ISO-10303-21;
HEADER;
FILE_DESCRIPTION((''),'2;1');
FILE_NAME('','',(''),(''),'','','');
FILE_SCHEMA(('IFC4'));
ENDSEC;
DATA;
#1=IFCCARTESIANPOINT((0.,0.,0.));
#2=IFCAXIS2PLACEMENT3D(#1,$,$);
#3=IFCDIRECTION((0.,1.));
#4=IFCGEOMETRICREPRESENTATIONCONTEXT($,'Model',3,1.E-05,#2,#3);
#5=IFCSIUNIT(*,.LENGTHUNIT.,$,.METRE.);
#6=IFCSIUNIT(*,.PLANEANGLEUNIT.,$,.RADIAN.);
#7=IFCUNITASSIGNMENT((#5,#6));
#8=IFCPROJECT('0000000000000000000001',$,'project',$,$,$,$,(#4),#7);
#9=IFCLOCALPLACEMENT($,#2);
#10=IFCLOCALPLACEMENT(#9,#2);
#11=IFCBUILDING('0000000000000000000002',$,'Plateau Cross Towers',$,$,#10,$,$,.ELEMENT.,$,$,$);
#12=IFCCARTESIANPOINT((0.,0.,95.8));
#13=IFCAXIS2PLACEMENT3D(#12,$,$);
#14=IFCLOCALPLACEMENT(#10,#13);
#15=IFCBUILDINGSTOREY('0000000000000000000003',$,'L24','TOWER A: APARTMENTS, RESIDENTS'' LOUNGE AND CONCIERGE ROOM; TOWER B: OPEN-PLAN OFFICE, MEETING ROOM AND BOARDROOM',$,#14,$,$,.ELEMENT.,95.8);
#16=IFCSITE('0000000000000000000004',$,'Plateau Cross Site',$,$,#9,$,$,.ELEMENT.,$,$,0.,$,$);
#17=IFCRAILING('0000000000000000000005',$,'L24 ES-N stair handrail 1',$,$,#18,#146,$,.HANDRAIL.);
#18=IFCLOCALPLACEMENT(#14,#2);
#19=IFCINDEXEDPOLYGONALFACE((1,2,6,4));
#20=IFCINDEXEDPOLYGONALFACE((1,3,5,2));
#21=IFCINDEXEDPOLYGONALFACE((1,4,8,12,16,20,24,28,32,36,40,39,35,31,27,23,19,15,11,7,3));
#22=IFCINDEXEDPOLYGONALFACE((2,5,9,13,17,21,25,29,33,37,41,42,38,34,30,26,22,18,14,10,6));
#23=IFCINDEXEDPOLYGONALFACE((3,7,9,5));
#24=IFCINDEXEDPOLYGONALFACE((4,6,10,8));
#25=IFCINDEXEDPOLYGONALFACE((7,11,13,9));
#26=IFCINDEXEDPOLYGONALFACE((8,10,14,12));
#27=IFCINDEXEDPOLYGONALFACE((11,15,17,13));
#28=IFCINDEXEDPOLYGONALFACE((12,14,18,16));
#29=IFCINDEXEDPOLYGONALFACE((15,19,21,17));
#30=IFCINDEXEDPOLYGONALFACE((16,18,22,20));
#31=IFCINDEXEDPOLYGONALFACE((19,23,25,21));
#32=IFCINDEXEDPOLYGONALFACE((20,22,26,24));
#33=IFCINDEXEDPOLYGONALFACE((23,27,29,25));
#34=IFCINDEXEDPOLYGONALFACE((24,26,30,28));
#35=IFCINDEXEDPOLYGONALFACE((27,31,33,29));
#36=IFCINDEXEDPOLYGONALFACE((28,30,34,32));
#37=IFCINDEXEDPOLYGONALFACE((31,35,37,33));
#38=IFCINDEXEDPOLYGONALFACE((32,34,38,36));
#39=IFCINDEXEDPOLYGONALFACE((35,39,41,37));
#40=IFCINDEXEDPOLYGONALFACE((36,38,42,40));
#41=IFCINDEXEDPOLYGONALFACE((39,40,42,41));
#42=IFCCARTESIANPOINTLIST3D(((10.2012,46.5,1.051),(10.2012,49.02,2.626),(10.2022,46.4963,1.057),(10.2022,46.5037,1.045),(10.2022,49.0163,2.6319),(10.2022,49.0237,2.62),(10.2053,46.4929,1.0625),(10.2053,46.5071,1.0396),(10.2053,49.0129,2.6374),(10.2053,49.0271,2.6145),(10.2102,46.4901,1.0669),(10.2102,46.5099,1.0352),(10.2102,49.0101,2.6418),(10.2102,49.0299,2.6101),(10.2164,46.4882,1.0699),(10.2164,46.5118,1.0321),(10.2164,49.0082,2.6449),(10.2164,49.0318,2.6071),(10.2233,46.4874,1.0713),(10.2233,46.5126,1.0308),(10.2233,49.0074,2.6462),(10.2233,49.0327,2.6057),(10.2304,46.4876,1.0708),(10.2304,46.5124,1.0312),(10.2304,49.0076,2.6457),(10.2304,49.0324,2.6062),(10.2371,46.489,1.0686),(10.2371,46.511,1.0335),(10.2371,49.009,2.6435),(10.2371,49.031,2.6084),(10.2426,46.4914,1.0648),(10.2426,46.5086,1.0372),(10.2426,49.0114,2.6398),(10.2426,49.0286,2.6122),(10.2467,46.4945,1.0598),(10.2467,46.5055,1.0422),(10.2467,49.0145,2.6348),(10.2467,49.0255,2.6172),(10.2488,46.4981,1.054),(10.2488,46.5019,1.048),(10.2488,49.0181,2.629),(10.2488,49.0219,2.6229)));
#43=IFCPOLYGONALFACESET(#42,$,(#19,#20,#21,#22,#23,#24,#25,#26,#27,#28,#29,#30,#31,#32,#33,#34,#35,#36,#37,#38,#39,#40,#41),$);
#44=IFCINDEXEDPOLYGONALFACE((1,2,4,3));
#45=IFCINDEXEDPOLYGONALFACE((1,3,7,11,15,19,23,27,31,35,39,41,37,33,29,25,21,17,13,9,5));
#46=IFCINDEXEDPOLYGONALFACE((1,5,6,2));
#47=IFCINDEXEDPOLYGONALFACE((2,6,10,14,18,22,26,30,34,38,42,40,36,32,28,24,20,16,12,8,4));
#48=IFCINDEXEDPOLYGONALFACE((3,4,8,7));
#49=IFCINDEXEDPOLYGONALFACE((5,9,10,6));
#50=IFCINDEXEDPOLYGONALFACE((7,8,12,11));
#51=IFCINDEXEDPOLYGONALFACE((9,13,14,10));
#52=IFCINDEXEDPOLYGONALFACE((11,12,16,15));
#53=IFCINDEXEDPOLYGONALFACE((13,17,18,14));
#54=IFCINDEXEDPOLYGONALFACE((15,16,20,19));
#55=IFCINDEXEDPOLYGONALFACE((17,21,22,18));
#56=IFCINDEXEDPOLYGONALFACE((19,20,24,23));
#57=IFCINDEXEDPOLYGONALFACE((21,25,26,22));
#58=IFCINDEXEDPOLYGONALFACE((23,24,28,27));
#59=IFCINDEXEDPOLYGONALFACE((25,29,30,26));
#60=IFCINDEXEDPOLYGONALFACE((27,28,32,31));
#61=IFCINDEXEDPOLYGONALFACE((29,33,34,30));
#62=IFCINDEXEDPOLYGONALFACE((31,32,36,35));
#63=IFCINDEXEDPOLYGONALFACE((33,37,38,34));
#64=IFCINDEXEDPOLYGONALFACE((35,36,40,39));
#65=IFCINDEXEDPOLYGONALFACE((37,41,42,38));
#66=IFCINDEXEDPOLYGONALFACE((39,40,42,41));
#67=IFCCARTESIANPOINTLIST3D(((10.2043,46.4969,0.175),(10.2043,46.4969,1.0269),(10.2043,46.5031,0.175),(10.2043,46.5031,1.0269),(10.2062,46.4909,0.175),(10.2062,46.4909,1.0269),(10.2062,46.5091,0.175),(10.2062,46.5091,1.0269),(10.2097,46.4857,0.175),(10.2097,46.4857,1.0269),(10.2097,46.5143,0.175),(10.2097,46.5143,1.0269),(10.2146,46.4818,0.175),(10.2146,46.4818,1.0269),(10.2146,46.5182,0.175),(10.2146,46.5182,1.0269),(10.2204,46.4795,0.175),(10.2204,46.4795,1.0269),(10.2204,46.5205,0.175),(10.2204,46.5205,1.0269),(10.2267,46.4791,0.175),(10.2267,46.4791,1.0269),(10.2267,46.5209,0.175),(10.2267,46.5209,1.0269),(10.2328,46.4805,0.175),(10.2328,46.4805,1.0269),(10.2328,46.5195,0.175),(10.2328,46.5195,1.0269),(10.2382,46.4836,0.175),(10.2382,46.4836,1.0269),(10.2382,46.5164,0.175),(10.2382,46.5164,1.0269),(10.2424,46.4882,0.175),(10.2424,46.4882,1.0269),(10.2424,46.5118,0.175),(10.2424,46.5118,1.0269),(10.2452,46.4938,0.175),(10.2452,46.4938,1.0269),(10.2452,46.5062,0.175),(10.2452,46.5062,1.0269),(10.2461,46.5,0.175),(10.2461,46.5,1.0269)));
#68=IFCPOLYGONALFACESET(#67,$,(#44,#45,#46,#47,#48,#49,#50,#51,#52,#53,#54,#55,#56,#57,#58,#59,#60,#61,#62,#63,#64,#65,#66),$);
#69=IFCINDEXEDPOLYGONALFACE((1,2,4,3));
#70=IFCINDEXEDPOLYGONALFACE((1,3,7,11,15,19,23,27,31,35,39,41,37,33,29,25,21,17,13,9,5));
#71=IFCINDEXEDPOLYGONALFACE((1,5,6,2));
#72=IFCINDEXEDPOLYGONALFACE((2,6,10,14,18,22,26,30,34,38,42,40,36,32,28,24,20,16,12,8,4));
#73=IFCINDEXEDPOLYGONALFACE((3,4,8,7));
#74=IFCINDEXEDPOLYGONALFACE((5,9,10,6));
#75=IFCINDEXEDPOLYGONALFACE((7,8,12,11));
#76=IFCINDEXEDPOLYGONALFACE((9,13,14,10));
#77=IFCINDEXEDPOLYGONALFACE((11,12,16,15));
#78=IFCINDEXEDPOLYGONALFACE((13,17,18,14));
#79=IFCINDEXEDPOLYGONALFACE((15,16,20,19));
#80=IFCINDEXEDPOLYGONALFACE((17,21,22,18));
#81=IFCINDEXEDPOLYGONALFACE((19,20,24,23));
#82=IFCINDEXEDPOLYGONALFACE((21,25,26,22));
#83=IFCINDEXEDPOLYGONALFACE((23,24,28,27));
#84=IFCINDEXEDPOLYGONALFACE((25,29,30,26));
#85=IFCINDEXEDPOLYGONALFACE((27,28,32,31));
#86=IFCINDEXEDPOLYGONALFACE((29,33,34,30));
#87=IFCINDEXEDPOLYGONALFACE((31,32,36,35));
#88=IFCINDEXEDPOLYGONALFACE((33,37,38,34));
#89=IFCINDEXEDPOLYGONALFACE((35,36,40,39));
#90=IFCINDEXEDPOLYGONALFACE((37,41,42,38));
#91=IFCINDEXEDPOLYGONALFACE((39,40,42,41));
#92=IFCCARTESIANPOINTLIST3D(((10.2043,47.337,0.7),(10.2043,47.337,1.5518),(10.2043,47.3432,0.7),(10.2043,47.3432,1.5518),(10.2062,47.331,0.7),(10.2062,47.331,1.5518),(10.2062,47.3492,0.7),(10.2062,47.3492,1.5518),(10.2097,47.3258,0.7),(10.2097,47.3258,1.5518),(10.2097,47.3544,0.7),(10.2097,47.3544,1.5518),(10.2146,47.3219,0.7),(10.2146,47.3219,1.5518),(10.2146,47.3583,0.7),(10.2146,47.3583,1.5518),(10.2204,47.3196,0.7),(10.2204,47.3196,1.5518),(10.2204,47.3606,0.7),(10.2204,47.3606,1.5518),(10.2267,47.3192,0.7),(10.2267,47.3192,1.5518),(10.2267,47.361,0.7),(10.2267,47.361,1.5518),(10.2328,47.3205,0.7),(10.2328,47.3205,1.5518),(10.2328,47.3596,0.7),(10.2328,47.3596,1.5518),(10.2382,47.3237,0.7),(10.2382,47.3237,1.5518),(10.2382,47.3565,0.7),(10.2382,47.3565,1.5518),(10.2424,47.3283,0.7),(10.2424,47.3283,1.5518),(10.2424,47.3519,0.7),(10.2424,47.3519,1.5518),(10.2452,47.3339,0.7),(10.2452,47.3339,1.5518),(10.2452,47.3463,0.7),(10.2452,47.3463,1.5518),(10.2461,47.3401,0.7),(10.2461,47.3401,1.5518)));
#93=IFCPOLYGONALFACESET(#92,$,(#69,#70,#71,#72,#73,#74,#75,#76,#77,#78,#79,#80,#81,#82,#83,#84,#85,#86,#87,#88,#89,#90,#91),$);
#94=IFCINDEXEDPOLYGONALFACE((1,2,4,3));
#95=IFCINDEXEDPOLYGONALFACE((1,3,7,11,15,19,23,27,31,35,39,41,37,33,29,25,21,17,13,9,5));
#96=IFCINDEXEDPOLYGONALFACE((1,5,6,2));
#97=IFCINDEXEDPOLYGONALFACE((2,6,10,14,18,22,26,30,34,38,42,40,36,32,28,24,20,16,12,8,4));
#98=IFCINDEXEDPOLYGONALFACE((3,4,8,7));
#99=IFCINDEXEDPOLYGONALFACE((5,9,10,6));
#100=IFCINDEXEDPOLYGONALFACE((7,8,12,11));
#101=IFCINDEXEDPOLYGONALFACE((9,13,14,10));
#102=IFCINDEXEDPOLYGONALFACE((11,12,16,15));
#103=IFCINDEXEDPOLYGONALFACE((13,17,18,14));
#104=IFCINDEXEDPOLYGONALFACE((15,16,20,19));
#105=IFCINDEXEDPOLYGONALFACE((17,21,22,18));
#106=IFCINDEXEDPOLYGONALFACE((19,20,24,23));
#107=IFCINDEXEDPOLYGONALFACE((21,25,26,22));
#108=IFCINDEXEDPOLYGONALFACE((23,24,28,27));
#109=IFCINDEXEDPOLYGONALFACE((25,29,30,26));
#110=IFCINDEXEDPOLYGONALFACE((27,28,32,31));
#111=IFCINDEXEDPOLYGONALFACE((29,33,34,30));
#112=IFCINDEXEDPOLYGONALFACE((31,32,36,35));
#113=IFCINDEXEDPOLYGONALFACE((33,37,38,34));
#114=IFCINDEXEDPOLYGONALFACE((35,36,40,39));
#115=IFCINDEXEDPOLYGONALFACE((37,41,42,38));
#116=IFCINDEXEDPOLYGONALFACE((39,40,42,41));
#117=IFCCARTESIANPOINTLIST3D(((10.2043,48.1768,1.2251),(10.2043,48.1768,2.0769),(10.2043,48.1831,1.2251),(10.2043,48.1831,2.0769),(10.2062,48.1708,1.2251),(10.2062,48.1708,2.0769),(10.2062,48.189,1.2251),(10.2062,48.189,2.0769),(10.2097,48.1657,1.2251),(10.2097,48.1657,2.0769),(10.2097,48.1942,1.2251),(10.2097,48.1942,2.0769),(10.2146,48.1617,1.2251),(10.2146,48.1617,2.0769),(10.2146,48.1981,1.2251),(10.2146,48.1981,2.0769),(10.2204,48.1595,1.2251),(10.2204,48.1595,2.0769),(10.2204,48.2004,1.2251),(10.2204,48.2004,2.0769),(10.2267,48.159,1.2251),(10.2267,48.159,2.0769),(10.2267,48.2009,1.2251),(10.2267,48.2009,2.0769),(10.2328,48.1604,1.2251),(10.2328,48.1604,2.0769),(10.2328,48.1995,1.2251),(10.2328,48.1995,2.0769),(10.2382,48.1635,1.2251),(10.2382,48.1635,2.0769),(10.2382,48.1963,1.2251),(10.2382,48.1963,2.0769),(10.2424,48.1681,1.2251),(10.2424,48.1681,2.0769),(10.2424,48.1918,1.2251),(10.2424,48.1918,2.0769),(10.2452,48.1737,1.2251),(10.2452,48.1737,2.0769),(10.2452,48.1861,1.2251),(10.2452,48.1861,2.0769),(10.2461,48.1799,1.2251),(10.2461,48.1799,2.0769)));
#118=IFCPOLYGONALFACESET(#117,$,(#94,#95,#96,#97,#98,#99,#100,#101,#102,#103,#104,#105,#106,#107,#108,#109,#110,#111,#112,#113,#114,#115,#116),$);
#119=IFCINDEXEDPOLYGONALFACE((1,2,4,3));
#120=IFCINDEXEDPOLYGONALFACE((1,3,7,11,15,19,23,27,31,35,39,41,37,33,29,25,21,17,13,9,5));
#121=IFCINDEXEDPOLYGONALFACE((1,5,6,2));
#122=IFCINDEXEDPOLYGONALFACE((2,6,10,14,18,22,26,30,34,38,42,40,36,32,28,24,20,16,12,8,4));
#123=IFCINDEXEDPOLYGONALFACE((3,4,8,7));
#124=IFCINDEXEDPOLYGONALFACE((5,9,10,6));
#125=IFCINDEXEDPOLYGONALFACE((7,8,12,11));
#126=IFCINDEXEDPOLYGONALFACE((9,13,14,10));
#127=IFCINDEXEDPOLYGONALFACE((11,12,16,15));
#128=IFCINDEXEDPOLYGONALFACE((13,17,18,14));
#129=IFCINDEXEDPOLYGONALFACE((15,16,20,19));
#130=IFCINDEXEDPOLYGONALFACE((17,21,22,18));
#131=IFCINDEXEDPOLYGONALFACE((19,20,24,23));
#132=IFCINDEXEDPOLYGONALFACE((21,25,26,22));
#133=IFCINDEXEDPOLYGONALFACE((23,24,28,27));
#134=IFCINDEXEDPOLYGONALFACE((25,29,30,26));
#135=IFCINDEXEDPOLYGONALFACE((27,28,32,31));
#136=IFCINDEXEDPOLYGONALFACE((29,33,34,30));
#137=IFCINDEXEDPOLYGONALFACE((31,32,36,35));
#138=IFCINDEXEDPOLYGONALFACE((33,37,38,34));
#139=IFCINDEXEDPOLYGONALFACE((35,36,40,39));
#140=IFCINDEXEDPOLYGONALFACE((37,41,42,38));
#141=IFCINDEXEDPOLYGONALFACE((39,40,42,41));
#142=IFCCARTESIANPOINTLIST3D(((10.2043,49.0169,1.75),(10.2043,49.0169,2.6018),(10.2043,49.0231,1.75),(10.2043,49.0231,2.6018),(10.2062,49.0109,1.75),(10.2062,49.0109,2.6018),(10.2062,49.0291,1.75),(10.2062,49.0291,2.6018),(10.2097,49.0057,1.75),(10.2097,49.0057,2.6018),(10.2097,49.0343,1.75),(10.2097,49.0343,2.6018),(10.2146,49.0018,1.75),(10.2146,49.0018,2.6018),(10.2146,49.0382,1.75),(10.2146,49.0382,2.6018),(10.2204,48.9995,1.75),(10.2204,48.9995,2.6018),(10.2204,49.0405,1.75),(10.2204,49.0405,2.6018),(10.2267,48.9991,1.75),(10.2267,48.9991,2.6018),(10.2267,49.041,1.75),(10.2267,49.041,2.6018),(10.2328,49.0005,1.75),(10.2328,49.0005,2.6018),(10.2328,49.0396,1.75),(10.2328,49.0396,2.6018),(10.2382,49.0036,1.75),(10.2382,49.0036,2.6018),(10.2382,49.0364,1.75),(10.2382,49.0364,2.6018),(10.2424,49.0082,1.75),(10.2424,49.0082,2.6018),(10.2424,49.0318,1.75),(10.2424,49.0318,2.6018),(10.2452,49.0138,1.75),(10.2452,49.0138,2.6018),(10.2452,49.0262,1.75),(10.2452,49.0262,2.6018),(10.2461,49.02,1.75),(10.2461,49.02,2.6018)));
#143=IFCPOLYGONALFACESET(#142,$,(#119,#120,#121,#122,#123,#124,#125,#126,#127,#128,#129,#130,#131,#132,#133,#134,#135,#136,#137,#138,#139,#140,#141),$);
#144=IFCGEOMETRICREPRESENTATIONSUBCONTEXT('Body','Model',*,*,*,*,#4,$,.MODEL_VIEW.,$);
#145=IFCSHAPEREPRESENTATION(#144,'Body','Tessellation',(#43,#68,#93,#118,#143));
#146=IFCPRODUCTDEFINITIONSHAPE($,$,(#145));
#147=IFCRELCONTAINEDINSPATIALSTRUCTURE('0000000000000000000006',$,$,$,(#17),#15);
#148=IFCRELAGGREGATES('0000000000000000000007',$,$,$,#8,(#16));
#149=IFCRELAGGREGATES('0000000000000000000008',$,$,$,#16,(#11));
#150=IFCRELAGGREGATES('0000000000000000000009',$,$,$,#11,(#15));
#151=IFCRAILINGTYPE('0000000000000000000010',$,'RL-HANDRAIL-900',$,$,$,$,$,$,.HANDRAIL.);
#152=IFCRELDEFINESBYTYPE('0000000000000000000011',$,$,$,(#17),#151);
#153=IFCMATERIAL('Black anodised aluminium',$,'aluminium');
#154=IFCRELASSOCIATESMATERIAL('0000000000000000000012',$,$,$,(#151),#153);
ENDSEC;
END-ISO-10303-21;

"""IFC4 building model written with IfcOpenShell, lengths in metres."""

from ifc_helpers import new_model, si_unit, direction, frame, origin, origin_2d, place, context, subcontext, project, spatial, circle, extrude, material, type_object, element, save


model = new_model("IFC4")

# Units and contexts
model_context = context("Model", 3, precision=1e-05, world=origin(), true_north=direction((0.0, 1.0)))
body_context = subcontext(model_context, "Body", "Model", "MODEL_VIEW")
ifc_project = project(units=[si_unit("LENGTHUNIT", "METRE"), si_unit("PLANEANGLEUNIT", "RADIAN")], contexts=[model_context])

# Site, building, storey
site_placement = place(None, origin())
site = spatial("IfcSite", under=ifc_project, at=site_placement, Name="Plateau Cross Site", CompositionType="ELEMENT", RefElevation=0.0)
building_placement = place(site_placement, origin())
building = spatial("IfcBuilding", under=site, at=building_placement, Name="Plateau Cross Towers", CompositionType="ELEMENT")
storey_placement = place(building_placement, frame((0.0, 0.0, 95.8)))
storey = spatial("IfcBuildingStorey", under=building, at=storey_placement, Name="L24", Description="TOWER A: APARTMENTS, RESIDENTS' LOUNGE AND CONCIERGE ROOM; TOWER B: OPEN-PLAN OFFICE, MEETING ROOM AND BOARDROOM", CompositionType="ELEMENT", Elevation=95.8)

# Shared definitions
ifc_material_1 = material(Name="Black anodised aluminium", Category="aluminium")

# Railing
railing_type_1 = type_object("IfcRailingType", Name="RL-HANDRAIL-900", PredefinedType="HANDRAIL", material=ifc_material_1)
railing_1_placement = place(storey_placement, frame((10.2251, 46.5, 0.175)))
element("IfcRailing", 1, at=railing_1_placement, inside=storey, type_object=railing_type_1, Name="L24 ES-N stair handrail 1", PredefinedType="HANDRAIL", context=body_context, shape_type="SweptSolid", body=[
    extrude(circle(Radius=0.0239, at=origin_2d()), frame((0.0, 0.0, 0.876), z_axis=(0.0, 0.848008, 0.529984), x_axis=(-1.0, 0.0, 0.0)), (0.0, 0.0, 1.0), 2.9717),
    extrude(circle(Radius=0.021, at=origin_2d()), origin(), (0.0, 0.0, 1.0), 0.8518),
    extrude(circle(Radius=0.021, at=origin_2d()), frame((0.0, 0.8401, 0.5249)), (0.0, 0.0, 1.0), 0.8518),
    extrude(circle(Radius=0.021, at=origin_2d()), frame((0.0, 1.6799, 1.05)), (0.0, 0.0, 1.0), 0.8518),
    extrude(circle(Radius=0.021, at=origin_2d()), frame((0.0, 2.52, 1.575)), (0.0, 0.0, 1.0), 0.8518),
])

save(model, "model.ifc")
